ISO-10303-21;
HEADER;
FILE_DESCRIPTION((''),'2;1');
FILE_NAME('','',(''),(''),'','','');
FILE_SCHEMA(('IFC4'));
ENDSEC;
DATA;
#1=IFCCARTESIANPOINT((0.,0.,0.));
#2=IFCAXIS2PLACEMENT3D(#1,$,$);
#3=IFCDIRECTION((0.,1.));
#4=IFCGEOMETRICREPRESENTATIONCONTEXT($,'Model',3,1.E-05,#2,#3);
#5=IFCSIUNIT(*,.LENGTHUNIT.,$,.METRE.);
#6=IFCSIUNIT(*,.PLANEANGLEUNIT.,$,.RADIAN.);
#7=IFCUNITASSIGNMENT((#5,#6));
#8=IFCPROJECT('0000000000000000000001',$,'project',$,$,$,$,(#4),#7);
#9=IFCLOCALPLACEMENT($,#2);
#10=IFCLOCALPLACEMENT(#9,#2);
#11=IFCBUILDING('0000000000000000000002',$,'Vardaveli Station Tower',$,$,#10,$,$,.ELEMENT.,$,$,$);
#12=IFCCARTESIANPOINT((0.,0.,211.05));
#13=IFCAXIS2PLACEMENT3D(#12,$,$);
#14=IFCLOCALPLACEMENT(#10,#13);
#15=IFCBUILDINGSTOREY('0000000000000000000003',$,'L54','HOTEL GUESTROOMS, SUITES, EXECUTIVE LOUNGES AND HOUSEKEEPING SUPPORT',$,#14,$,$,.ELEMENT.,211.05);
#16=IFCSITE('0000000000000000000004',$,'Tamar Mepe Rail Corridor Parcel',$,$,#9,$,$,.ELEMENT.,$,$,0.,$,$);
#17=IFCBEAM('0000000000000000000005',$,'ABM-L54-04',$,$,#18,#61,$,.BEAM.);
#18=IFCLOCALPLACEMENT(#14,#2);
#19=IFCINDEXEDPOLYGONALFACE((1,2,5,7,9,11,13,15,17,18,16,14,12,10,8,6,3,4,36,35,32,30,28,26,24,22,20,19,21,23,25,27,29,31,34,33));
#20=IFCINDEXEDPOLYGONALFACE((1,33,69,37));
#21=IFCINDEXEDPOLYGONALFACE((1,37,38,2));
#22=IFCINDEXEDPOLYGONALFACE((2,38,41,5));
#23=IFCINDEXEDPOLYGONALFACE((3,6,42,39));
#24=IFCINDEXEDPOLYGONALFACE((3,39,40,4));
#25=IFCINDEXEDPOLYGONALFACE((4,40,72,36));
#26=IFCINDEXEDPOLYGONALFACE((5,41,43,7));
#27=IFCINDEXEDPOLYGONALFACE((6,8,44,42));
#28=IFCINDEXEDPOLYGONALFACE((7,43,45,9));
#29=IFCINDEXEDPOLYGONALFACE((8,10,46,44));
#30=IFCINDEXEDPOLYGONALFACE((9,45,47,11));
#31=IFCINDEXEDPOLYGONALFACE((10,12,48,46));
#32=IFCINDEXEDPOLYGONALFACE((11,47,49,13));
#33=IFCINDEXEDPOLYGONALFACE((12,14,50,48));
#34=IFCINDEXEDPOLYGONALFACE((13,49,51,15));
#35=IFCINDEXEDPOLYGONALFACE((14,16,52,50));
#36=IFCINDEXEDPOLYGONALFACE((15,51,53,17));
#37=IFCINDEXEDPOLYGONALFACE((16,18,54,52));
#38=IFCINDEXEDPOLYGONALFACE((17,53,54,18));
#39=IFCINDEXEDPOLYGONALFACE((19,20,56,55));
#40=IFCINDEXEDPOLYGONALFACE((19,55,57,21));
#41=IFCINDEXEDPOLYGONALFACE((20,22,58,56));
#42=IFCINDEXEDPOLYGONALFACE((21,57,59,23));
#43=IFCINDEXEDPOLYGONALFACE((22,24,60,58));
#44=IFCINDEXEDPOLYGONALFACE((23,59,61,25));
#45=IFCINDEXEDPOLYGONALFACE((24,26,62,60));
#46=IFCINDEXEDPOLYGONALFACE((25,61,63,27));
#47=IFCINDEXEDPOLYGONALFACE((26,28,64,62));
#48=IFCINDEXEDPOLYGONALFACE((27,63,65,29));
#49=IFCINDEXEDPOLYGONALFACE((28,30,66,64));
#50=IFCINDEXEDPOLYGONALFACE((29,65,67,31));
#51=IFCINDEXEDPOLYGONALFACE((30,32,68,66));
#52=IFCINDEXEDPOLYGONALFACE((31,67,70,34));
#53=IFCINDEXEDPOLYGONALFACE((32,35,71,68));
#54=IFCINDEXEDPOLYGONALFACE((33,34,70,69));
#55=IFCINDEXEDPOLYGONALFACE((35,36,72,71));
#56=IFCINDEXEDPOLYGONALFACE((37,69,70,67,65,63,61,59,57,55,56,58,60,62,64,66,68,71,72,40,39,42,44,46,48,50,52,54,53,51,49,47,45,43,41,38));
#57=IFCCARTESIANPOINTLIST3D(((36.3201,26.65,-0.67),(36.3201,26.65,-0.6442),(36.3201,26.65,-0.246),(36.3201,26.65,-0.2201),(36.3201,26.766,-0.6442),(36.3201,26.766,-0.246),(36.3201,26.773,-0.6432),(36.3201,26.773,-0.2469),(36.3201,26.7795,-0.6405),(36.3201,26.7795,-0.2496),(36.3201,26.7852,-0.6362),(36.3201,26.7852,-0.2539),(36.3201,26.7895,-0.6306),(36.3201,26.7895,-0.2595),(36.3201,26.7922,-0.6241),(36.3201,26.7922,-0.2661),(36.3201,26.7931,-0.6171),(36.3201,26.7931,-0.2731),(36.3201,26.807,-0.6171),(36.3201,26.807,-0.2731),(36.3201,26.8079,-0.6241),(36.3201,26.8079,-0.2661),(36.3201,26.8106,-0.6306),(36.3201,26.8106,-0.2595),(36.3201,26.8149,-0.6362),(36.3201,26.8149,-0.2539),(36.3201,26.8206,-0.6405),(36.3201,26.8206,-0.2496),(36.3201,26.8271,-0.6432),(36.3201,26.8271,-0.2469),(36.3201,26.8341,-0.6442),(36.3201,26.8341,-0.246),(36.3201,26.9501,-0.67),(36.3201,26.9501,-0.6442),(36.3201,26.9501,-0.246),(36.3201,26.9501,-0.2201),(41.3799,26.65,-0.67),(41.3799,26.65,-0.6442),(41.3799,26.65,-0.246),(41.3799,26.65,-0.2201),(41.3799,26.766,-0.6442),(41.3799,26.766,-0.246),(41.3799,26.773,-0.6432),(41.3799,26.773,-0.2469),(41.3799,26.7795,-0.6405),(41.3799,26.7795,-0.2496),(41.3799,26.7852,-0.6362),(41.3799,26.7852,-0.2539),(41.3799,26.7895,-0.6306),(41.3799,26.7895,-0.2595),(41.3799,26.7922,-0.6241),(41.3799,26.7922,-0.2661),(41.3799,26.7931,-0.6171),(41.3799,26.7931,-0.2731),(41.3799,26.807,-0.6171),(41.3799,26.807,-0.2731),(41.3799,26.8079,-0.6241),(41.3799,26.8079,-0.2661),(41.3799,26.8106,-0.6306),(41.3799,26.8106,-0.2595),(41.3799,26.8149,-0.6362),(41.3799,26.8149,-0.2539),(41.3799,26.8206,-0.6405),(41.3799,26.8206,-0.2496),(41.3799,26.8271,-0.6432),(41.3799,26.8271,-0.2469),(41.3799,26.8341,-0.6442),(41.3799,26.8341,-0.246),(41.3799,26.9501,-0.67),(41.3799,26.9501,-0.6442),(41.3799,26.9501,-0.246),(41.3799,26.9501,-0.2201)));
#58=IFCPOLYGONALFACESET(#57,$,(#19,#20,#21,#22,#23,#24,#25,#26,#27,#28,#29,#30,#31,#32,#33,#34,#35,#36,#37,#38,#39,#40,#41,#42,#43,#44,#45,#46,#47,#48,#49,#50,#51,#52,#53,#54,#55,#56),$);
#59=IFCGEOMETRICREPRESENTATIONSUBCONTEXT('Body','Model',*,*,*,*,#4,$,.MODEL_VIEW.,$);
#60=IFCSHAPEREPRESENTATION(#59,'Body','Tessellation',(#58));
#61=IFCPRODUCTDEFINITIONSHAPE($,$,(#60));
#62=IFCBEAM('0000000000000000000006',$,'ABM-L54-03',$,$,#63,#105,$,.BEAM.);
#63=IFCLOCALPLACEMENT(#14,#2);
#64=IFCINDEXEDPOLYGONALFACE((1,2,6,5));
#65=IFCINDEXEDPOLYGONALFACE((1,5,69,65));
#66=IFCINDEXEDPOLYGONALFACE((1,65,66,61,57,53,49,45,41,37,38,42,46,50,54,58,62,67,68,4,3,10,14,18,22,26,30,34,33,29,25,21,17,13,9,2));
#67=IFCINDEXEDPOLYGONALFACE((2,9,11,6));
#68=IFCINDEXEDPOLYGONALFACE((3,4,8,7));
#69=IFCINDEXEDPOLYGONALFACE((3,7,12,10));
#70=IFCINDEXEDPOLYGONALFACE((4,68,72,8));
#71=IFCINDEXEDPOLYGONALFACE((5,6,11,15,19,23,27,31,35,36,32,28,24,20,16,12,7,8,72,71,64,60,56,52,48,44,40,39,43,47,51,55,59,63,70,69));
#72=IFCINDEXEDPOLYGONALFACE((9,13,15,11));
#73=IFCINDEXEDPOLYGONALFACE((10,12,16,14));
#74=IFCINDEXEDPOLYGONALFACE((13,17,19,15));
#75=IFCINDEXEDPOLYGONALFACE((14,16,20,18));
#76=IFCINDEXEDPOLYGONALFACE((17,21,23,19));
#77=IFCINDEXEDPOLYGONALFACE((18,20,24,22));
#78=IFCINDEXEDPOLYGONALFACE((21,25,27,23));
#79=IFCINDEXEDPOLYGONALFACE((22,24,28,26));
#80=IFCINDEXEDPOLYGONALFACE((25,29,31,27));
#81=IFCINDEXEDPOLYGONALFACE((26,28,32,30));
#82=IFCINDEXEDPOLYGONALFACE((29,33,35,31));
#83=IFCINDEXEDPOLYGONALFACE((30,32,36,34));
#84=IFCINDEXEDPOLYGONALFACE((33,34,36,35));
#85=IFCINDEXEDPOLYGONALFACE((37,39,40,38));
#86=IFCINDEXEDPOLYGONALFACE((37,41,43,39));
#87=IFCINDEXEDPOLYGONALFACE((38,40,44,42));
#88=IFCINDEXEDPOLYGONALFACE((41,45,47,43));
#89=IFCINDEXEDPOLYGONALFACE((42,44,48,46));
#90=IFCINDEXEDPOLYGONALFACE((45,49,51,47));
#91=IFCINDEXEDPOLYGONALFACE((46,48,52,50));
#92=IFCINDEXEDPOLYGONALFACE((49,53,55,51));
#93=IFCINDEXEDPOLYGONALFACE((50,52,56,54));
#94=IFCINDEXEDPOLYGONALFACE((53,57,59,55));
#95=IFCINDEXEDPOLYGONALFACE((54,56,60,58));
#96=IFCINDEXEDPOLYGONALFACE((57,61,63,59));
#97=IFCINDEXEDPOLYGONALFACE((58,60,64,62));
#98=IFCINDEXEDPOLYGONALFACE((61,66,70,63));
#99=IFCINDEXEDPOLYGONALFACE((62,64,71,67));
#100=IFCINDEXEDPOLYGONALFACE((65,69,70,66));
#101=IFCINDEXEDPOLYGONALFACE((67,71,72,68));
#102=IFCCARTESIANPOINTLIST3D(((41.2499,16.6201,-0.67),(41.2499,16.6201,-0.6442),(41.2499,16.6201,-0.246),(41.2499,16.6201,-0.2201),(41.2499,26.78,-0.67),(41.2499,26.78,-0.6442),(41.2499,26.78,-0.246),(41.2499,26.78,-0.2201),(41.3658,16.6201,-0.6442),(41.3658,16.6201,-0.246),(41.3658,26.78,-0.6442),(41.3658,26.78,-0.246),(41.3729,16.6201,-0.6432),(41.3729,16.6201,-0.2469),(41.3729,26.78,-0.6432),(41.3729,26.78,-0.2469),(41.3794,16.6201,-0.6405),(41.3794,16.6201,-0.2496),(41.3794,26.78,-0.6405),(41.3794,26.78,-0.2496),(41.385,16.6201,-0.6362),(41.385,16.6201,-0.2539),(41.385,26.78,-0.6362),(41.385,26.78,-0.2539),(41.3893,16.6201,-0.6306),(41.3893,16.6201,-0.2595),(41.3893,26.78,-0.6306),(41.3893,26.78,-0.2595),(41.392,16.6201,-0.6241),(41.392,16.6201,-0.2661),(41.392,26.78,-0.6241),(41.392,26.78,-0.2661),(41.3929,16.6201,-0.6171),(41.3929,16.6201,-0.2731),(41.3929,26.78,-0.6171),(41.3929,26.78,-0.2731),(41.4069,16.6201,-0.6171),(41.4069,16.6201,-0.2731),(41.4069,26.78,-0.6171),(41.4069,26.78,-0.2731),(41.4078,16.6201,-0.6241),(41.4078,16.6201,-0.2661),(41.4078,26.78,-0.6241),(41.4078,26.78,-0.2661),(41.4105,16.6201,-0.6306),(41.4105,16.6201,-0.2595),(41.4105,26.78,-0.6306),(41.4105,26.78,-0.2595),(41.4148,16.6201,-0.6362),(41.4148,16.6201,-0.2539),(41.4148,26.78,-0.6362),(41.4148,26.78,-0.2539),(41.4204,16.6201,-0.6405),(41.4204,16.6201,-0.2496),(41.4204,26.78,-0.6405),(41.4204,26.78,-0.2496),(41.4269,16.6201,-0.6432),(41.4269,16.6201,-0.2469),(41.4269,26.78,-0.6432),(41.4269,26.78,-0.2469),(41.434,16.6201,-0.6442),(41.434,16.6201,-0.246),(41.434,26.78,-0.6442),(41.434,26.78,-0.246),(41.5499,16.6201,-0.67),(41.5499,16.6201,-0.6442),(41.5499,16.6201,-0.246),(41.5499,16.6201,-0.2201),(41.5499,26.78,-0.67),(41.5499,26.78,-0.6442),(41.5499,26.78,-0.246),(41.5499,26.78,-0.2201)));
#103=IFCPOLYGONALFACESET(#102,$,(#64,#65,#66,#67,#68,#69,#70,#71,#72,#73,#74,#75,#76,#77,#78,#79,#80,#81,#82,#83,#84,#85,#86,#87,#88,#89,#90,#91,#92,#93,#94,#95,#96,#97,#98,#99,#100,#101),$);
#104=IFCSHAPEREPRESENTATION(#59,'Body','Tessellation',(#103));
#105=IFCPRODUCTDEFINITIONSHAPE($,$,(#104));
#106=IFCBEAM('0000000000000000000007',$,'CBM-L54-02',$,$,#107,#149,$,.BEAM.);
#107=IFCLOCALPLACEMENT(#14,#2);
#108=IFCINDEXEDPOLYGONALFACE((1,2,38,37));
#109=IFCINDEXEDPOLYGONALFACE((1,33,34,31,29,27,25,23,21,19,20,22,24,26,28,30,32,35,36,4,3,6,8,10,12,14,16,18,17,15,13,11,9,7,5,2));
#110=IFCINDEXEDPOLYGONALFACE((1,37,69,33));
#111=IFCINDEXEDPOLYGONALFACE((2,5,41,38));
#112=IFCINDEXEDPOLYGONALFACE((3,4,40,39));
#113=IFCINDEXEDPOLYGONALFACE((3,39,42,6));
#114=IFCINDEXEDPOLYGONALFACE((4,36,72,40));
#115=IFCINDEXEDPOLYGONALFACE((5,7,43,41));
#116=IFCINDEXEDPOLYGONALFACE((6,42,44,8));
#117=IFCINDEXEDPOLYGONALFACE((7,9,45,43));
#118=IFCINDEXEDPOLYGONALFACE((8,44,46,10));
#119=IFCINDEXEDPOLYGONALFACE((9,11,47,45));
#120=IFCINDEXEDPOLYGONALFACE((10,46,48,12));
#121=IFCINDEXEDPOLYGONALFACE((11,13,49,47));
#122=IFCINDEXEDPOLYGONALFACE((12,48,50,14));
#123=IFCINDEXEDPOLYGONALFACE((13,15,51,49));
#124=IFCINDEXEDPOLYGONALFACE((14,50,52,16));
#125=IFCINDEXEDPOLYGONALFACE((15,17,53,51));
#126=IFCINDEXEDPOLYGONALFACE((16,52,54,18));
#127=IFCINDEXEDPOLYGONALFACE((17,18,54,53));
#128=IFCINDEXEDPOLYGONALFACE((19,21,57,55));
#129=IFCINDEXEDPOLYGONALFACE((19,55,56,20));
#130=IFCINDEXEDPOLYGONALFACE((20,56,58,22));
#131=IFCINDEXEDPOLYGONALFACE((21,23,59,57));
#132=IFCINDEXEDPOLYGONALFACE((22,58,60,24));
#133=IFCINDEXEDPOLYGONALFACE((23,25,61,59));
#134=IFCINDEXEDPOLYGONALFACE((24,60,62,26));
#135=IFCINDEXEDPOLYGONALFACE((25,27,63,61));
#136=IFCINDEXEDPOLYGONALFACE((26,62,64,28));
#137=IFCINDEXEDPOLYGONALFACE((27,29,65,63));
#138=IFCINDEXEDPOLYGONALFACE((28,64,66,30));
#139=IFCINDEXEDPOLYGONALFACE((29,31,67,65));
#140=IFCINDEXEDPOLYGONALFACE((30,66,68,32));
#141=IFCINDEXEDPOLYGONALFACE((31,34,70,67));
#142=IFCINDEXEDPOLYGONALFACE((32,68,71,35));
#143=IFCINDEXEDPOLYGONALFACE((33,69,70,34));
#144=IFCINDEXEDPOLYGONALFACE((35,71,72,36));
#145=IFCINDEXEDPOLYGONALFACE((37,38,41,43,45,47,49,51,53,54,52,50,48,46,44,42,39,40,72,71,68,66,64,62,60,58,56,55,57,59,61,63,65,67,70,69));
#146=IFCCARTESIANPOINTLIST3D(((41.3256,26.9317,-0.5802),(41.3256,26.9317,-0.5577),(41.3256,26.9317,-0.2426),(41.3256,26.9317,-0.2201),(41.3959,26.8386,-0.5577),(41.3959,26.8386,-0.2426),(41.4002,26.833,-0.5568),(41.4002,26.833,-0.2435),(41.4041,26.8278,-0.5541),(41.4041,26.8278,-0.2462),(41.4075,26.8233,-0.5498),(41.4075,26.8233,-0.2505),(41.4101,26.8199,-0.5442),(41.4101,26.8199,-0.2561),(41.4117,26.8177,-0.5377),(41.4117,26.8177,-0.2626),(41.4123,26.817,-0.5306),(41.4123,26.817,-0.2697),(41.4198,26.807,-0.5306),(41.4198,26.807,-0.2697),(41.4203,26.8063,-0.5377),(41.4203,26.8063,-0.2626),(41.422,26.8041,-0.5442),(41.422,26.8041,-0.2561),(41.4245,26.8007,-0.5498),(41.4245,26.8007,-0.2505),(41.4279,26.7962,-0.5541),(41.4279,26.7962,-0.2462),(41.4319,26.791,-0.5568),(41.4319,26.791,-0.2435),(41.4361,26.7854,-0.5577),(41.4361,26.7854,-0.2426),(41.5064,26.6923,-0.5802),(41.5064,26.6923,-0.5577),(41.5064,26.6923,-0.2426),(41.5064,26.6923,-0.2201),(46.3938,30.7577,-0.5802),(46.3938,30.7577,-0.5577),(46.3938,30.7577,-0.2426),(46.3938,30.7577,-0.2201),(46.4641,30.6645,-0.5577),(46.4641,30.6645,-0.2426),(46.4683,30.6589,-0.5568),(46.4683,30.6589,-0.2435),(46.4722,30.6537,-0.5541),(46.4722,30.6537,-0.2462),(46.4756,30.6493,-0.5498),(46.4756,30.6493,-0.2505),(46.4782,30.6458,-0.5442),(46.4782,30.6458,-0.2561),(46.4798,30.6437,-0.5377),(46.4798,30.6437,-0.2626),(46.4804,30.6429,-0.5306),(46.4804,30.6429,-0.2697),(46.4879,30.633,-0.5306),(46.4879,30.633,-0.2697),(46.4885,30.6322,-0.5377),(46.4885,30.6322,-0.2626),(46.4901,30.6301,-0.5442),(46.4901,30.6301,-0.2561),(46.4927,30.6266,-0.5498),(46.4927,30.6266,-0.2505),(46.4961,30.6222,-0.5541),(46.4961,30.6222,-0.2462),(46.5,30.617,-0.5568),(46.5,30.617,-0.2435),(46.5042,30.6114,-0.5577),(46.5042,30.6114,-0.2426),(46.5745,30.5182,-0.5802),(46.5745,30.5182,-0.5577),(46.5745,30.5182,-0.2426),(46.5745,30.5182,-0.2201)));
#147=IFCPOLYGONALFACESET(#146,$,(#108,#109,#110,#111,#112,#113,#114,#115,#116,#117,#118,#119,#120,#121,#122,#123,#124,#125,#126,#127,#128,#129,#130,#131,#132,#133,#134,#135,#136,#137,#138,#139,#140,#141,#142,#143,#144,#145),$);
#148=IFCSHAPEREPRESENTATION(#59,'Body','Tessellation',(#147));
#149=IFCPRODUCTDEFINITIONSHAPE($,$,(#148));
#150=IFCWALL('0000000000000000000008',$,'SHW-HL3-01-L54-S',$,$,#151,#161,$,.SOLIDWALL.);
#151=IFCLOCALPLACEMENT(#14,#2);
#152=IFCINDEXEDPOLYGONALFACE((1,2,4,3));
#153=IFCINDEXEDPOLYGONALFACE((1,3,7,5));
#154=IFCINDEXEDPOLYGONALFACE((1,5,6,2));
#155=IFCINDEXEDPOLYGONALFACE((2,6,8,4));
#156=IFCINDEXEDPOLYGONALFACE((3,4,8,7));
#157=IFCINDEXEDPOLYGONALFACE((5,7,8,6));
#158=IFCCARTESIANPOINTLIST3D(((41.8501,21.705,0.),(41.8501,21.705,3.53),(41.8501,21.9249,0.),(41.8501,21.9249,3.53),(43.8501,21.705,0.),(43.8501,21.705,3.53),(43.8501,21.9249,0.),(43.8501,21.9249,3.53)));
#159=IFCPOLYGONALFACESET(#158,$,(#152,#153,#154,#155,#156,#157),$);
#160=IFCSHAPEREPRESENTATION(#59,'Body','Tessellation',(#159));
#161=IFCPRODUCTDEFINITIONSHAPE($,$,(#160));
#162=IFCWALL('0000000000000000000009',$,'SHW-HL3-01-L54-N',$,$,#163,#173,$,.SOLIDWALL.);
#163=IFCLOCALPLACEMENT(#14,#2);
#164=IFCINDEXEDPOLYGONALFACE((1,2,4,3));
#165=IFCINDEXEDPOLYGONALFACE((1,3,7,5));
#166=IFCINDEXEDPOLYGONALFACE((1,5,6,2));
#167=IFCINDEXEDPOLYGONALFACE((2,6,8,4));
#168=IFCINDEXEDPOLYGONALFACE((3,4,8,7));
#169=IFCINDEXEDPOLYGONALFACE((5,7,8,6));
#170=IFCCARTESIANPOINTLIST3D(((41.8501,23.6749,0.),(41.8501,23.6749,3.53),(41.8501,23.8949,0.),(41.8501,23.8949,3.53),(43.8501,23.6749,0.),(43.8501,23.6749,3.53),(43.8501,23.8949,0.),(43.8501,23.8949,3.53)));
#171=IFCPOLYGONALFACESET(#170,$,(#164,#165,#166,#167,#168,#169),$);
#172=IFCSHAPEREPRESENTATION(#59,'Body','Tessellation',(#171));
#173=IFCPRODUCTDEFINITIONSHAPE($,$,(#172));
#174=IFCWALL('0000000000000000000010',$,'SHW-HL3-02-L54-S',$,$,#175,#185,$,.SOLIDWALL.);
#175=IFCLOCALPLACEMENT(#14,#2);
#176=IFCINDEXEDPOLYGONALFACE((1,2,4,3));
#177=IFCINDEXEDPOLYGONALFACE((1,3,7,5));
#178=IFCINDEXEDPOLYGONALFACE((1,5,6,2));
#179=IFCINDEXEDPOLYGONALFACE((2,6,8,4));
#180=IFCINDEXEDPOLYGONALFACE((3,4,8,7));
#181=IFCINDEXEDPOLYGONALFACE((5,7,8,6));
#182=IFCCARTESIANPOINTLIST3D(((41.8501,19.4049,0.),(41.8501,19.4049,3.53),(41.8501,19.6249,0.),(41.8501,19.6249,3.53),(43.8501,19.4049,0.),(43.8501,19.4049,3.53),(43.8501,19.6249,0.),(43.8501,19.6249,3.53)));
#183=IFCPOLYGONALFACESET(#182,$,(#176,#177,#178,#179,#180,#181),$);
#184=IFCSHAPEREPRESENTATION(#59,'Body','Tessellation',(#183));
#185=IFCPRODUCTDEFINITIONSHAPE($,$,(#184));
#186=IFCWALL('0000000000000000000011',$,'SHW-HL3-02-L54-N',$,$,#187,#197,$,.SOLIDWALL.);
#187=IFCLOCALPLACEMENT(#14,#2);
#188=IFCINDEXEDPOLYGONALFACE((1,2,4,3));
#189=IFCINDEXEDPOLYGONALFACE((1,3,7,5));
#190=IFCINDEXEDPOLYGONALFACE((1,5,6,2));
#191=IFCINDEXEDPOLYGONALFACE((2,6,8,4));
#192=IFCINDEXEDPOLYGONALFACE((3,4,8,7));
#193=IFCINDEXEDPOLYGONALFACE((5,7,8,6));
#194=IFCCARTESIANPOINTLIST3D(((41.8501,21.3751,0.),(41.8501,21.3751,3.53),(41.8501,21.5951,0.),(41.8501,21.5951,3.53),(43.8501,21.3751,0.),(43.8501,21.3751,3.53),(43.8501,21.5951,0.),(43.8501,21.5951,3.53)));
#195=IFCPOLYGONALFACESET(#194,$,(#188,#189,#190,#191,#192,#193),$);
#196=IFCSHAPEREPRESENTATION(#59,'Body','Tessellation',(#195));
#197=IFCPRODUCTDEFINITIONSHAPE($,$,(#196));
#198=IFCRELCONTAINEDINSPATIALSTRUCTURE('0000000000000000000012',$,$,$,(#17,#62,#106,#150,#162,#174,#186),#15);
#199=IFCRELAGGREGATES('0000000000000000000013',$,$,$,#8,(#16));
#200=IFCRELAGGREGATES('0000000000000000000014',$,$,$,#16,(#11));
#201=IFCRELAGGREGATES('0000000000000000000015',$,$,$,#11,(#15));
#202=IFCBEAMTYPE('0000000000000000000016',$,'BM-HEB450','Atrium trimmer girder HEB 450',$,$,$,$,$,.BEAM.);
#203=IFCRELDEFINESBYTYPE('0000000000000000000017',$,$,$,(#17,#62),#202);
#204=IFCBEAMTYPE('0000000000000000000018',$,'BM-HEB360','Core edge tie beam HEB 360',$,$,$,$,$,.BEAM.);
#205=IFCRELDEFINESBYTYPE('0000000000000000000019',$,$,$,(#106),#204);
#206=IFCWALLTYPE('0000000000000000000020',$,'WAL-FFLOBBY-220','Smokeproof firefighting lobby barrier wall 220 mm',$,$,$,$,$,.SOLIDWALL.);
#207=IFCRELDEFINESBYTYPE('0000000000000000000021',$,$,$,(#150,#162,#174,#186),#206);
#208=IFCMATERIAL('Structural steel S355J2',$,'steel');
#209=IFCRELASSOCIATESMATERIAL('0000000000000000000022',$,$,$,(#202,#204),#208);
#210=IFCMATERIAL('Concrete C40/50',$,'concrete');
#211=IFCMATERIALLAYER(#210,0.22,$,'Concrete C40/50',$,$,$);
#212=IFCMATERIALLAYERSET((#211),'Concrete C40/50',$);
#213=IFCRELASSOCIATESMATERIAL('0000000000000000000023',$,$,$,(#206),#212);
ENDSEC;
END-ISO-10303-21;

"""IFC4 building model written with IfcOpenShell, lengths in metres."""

from ifc_helpers import new_model, si_unit, direction, frame, frame_2d, origin, origin_2d, place, context, subcontext, project, spatial, rectangle, i_section, extrude, source, transform, mapped, material, layer, layer_set, material_profile, profile_set, type_object, element, save


model = new_model("IFC4")

# Units and contexts
model_context = context("Model", 3, precision=1e-05, world=origin(), true_north=direction((0.0, 1.0)))
body_context = subcontext(model_context, "Body", "Model", "MODEL_VIEW")
ifc_project = project(units=[si_unit("LENGTHUNIT", "METRE"), si_unit("PLANEANGLEUNIT", "RADIAN")], contexts=[model_context])

# Site, building, storey
site_placement = place(None, origin())
site = spatial("IfcSite", under=ifc_project, at=site_placement, Name="Tamar Mepe Rail Corridor Parcel", CompositionType="ELEMENT", RefElevation=0.0)
building_placement = place(site_placement, origin())
building = spatial("IfcBuilding", under=site, at=building_placement, Name="Vardaveli Station Tower", CompositionType="ELEMENT")
storey_placement = place(building_placement, frame((0.0, 0.0, 211.05)))
storey = spatial("IfcBuildingStorey", under=building, at=storey_placement, Name="L54", Description="HOTEL GUESTROOMS, SUITES, EXECUTIVE LOUNGES AND HOUSEKEEPING SUPPORT", CompositionType="ELEMENT", Elevation=211.05)

# Beams
ifc_material_1 = material(Name="Structural steel S355J2", Category="steel")
ifc_material_profile_1 = material_profile(ifc_material_1, i_section(OverallWidth=0.3, OverallDepth=0.45, WebThickness=0.0139, FlangeThickness=0.0259, FilletRadius=0.0271, at=origin_2d()), Name="HEB 450")
ifc_profile_set_1 = profile_set([ifc_material_profile_1], Name="Structural steel S355J2")
beam_type_1 = type_object("IfcBeamType", Name="BM-HEB450", Description="Atrium trimmer girder HEB 450", PredefinedType="BEAM", material=ifc_profile_set_1)
shared_shape_1 = source(origin(), body_context, "Body", "SweptSolid", [
    extrude(i_section(OverallWidth=0.3, OverallDepth=0.45, WebThickness=0.0139, FlangeThickness=0.0259, FilletRadius=0.0271, at=origin_2d()), origin(), (0.0, 0.0, 1.0), 5.0598),
])
beam_1_placement = place(storey_placement, frame((41.3799, 26.8, -0.4451), z_axis=(-1.0, 0.0, 0.0), x_axis=(0.0, -1.0, 0.0)))
element("IfcBeam", 1, at=beam_1_placement, inside=storey, type_object=beam_type_1, Name="ABM-L54-04", PredefinedType="BEAM", context=body_context, shape_type="MappedRepresentation", body=[
    mapped(shared_shape_1, transform((0.0, 0.0, 0.0), scale=1.0)),
])
shared_shape_2 = source(origin(), body_context, "Body", "SweptSolid", [
    extrude(i_section(OverallWidth=0.3, OverallDepth=0.45, WebThickness=0.0139, FlangeThickness=0.0259, FilletRadius=0.0271, at=origin_2d()), origin(), (0.0, 0.0, 1.0), 10.1599),
])
beam_2_placement = place(storey_placement, frame((41.3999, 16.6201, -0.4451), z_axis=(0.0, 1.0, 0.0), x_axis=(-1.0, 0.0, 0.0)))
element("IfcBeam", 2, at=beam_2_placement, inside=storey, type_object=beam_type_1, Name="ABM-L54-03", PredefinedType="BEAM", context=body_context, shape_type="MappedRepresentation", body=[
    mapped(shared_shape_2, transform((0.0, 0.0, 0.0), scale=1.0)),
])
ifc_material_profile_2 = material_profile(ifc_material_1, i_section(OverallWidth=0.3, OverallDepth=0.3601, WebThickness=0.0125, FlangeThickness=0.0225, FilletRadius=0.0271, at=origin_2d()), Name="HEB 360")
ifc_profile_set_2 = profile_set([ifc_material_profile_2], Name="Structural steel S355J2")
beam_type_2 = type_object("IfcBeamType", Name="BM-HEB360", Description="Core edge tie beam HEB 360", PredefinedType="BEAM", material=ifc_profile_set_2)
shared_shape_3 = source(origin(), body_context, "Body", "SweptSolid", [
    extrude(i_section(OverallWidth=0.3, OverallDepth=0.3601, WebThickness=0.0125, FlangeThickness=0.0225, FilletRadius=0.0271, at=origin_2d()), origin(), (0.0, 0.0, 1.0), 6.3501),
])
beam_3_placement = place(storey_placement, frame((41.416, 26.812, -0.4001), z_axis=(0.798118, 0.602501, 0.0), x_axis=(-0.602501, 0.798118, 0.0)))
element("IfcBeam", 3, at=beam_3_placement, inside=storey, type_object=beam_type_2, Name="CBM-L54-02", PredefinedType="BEAM", context=body_context, shape_type="MappedRepresentation", body=[
    mapped(shared_shape_3, transform((0.0, 0.0, 0.0), scale=1.0)),
])

# Walls
ifc_material_2 = material(Name="Concrete C40/50", Category="concrete")
ifc_layer_1 = layer(ifc_material_2, 0.22, Name="Concrete C40/50")
ifc_layer_set_1 = layer_set([ifc_layer_1], Name="Concrete C40/50")
wall_type_1 = type_object("IfcWallType", Name="WAL-FFLOBBY-220", Description="Smokeproof firefighting lobby barrier wall 220 mm", PredefinedType="SOLIDWALL", material=ifc_layer_set_1)
shared_shape_4 = source(origin(), body_context, "Body", "SweptSolid", [
    extrude(rectangle(XDim=2.0, YDim=0.22, at=frame_2d((1.0, 0.0))), origin(), (0.0, 0.0, 1.0), 3.53),
])
for number, where, z_axis, x_axis, name in (
    (4, (41.8501, 21.8149, 0.0), (0.0, 0.0, 1.0), (1.0, 0.0, 0.0), "SHW-HL3-01-L54-S"),
    (5, (41.8501, 23.7849, 0.0), (0.0, 0.0, 1.0), (1.0, 0.0, 0.0), "SHW-HL3-01-L54-N"),
    (6, (41.8501, 19.5149, 0.0), (0.0, 0.0, 1.0), (1.0, 0.0, 0.0), "SHW-HL3-02-L54-S"),
    (7, (41.8501, 21.4851, 0.0), (0.0, 0.0, 1.0), (1.0, 0.0, 0.0), "SHW-HL3-02-L54-N"),
):
    element("IfcWall", number, at=place(storey_placement, frame(where, z_axis=z_axis, x_axis=x_axis)), inside=storey, type_object=wall_type_1, Name=name, PredefinedType="SOLIDWALL", context=body_context, shape_type="MappedRepresentation", body=[
        mapped(shared_shape_4, transform((0.0, 0.0, 0.0), scale=1.0)),
    ])

save(model, "model.ifc")
